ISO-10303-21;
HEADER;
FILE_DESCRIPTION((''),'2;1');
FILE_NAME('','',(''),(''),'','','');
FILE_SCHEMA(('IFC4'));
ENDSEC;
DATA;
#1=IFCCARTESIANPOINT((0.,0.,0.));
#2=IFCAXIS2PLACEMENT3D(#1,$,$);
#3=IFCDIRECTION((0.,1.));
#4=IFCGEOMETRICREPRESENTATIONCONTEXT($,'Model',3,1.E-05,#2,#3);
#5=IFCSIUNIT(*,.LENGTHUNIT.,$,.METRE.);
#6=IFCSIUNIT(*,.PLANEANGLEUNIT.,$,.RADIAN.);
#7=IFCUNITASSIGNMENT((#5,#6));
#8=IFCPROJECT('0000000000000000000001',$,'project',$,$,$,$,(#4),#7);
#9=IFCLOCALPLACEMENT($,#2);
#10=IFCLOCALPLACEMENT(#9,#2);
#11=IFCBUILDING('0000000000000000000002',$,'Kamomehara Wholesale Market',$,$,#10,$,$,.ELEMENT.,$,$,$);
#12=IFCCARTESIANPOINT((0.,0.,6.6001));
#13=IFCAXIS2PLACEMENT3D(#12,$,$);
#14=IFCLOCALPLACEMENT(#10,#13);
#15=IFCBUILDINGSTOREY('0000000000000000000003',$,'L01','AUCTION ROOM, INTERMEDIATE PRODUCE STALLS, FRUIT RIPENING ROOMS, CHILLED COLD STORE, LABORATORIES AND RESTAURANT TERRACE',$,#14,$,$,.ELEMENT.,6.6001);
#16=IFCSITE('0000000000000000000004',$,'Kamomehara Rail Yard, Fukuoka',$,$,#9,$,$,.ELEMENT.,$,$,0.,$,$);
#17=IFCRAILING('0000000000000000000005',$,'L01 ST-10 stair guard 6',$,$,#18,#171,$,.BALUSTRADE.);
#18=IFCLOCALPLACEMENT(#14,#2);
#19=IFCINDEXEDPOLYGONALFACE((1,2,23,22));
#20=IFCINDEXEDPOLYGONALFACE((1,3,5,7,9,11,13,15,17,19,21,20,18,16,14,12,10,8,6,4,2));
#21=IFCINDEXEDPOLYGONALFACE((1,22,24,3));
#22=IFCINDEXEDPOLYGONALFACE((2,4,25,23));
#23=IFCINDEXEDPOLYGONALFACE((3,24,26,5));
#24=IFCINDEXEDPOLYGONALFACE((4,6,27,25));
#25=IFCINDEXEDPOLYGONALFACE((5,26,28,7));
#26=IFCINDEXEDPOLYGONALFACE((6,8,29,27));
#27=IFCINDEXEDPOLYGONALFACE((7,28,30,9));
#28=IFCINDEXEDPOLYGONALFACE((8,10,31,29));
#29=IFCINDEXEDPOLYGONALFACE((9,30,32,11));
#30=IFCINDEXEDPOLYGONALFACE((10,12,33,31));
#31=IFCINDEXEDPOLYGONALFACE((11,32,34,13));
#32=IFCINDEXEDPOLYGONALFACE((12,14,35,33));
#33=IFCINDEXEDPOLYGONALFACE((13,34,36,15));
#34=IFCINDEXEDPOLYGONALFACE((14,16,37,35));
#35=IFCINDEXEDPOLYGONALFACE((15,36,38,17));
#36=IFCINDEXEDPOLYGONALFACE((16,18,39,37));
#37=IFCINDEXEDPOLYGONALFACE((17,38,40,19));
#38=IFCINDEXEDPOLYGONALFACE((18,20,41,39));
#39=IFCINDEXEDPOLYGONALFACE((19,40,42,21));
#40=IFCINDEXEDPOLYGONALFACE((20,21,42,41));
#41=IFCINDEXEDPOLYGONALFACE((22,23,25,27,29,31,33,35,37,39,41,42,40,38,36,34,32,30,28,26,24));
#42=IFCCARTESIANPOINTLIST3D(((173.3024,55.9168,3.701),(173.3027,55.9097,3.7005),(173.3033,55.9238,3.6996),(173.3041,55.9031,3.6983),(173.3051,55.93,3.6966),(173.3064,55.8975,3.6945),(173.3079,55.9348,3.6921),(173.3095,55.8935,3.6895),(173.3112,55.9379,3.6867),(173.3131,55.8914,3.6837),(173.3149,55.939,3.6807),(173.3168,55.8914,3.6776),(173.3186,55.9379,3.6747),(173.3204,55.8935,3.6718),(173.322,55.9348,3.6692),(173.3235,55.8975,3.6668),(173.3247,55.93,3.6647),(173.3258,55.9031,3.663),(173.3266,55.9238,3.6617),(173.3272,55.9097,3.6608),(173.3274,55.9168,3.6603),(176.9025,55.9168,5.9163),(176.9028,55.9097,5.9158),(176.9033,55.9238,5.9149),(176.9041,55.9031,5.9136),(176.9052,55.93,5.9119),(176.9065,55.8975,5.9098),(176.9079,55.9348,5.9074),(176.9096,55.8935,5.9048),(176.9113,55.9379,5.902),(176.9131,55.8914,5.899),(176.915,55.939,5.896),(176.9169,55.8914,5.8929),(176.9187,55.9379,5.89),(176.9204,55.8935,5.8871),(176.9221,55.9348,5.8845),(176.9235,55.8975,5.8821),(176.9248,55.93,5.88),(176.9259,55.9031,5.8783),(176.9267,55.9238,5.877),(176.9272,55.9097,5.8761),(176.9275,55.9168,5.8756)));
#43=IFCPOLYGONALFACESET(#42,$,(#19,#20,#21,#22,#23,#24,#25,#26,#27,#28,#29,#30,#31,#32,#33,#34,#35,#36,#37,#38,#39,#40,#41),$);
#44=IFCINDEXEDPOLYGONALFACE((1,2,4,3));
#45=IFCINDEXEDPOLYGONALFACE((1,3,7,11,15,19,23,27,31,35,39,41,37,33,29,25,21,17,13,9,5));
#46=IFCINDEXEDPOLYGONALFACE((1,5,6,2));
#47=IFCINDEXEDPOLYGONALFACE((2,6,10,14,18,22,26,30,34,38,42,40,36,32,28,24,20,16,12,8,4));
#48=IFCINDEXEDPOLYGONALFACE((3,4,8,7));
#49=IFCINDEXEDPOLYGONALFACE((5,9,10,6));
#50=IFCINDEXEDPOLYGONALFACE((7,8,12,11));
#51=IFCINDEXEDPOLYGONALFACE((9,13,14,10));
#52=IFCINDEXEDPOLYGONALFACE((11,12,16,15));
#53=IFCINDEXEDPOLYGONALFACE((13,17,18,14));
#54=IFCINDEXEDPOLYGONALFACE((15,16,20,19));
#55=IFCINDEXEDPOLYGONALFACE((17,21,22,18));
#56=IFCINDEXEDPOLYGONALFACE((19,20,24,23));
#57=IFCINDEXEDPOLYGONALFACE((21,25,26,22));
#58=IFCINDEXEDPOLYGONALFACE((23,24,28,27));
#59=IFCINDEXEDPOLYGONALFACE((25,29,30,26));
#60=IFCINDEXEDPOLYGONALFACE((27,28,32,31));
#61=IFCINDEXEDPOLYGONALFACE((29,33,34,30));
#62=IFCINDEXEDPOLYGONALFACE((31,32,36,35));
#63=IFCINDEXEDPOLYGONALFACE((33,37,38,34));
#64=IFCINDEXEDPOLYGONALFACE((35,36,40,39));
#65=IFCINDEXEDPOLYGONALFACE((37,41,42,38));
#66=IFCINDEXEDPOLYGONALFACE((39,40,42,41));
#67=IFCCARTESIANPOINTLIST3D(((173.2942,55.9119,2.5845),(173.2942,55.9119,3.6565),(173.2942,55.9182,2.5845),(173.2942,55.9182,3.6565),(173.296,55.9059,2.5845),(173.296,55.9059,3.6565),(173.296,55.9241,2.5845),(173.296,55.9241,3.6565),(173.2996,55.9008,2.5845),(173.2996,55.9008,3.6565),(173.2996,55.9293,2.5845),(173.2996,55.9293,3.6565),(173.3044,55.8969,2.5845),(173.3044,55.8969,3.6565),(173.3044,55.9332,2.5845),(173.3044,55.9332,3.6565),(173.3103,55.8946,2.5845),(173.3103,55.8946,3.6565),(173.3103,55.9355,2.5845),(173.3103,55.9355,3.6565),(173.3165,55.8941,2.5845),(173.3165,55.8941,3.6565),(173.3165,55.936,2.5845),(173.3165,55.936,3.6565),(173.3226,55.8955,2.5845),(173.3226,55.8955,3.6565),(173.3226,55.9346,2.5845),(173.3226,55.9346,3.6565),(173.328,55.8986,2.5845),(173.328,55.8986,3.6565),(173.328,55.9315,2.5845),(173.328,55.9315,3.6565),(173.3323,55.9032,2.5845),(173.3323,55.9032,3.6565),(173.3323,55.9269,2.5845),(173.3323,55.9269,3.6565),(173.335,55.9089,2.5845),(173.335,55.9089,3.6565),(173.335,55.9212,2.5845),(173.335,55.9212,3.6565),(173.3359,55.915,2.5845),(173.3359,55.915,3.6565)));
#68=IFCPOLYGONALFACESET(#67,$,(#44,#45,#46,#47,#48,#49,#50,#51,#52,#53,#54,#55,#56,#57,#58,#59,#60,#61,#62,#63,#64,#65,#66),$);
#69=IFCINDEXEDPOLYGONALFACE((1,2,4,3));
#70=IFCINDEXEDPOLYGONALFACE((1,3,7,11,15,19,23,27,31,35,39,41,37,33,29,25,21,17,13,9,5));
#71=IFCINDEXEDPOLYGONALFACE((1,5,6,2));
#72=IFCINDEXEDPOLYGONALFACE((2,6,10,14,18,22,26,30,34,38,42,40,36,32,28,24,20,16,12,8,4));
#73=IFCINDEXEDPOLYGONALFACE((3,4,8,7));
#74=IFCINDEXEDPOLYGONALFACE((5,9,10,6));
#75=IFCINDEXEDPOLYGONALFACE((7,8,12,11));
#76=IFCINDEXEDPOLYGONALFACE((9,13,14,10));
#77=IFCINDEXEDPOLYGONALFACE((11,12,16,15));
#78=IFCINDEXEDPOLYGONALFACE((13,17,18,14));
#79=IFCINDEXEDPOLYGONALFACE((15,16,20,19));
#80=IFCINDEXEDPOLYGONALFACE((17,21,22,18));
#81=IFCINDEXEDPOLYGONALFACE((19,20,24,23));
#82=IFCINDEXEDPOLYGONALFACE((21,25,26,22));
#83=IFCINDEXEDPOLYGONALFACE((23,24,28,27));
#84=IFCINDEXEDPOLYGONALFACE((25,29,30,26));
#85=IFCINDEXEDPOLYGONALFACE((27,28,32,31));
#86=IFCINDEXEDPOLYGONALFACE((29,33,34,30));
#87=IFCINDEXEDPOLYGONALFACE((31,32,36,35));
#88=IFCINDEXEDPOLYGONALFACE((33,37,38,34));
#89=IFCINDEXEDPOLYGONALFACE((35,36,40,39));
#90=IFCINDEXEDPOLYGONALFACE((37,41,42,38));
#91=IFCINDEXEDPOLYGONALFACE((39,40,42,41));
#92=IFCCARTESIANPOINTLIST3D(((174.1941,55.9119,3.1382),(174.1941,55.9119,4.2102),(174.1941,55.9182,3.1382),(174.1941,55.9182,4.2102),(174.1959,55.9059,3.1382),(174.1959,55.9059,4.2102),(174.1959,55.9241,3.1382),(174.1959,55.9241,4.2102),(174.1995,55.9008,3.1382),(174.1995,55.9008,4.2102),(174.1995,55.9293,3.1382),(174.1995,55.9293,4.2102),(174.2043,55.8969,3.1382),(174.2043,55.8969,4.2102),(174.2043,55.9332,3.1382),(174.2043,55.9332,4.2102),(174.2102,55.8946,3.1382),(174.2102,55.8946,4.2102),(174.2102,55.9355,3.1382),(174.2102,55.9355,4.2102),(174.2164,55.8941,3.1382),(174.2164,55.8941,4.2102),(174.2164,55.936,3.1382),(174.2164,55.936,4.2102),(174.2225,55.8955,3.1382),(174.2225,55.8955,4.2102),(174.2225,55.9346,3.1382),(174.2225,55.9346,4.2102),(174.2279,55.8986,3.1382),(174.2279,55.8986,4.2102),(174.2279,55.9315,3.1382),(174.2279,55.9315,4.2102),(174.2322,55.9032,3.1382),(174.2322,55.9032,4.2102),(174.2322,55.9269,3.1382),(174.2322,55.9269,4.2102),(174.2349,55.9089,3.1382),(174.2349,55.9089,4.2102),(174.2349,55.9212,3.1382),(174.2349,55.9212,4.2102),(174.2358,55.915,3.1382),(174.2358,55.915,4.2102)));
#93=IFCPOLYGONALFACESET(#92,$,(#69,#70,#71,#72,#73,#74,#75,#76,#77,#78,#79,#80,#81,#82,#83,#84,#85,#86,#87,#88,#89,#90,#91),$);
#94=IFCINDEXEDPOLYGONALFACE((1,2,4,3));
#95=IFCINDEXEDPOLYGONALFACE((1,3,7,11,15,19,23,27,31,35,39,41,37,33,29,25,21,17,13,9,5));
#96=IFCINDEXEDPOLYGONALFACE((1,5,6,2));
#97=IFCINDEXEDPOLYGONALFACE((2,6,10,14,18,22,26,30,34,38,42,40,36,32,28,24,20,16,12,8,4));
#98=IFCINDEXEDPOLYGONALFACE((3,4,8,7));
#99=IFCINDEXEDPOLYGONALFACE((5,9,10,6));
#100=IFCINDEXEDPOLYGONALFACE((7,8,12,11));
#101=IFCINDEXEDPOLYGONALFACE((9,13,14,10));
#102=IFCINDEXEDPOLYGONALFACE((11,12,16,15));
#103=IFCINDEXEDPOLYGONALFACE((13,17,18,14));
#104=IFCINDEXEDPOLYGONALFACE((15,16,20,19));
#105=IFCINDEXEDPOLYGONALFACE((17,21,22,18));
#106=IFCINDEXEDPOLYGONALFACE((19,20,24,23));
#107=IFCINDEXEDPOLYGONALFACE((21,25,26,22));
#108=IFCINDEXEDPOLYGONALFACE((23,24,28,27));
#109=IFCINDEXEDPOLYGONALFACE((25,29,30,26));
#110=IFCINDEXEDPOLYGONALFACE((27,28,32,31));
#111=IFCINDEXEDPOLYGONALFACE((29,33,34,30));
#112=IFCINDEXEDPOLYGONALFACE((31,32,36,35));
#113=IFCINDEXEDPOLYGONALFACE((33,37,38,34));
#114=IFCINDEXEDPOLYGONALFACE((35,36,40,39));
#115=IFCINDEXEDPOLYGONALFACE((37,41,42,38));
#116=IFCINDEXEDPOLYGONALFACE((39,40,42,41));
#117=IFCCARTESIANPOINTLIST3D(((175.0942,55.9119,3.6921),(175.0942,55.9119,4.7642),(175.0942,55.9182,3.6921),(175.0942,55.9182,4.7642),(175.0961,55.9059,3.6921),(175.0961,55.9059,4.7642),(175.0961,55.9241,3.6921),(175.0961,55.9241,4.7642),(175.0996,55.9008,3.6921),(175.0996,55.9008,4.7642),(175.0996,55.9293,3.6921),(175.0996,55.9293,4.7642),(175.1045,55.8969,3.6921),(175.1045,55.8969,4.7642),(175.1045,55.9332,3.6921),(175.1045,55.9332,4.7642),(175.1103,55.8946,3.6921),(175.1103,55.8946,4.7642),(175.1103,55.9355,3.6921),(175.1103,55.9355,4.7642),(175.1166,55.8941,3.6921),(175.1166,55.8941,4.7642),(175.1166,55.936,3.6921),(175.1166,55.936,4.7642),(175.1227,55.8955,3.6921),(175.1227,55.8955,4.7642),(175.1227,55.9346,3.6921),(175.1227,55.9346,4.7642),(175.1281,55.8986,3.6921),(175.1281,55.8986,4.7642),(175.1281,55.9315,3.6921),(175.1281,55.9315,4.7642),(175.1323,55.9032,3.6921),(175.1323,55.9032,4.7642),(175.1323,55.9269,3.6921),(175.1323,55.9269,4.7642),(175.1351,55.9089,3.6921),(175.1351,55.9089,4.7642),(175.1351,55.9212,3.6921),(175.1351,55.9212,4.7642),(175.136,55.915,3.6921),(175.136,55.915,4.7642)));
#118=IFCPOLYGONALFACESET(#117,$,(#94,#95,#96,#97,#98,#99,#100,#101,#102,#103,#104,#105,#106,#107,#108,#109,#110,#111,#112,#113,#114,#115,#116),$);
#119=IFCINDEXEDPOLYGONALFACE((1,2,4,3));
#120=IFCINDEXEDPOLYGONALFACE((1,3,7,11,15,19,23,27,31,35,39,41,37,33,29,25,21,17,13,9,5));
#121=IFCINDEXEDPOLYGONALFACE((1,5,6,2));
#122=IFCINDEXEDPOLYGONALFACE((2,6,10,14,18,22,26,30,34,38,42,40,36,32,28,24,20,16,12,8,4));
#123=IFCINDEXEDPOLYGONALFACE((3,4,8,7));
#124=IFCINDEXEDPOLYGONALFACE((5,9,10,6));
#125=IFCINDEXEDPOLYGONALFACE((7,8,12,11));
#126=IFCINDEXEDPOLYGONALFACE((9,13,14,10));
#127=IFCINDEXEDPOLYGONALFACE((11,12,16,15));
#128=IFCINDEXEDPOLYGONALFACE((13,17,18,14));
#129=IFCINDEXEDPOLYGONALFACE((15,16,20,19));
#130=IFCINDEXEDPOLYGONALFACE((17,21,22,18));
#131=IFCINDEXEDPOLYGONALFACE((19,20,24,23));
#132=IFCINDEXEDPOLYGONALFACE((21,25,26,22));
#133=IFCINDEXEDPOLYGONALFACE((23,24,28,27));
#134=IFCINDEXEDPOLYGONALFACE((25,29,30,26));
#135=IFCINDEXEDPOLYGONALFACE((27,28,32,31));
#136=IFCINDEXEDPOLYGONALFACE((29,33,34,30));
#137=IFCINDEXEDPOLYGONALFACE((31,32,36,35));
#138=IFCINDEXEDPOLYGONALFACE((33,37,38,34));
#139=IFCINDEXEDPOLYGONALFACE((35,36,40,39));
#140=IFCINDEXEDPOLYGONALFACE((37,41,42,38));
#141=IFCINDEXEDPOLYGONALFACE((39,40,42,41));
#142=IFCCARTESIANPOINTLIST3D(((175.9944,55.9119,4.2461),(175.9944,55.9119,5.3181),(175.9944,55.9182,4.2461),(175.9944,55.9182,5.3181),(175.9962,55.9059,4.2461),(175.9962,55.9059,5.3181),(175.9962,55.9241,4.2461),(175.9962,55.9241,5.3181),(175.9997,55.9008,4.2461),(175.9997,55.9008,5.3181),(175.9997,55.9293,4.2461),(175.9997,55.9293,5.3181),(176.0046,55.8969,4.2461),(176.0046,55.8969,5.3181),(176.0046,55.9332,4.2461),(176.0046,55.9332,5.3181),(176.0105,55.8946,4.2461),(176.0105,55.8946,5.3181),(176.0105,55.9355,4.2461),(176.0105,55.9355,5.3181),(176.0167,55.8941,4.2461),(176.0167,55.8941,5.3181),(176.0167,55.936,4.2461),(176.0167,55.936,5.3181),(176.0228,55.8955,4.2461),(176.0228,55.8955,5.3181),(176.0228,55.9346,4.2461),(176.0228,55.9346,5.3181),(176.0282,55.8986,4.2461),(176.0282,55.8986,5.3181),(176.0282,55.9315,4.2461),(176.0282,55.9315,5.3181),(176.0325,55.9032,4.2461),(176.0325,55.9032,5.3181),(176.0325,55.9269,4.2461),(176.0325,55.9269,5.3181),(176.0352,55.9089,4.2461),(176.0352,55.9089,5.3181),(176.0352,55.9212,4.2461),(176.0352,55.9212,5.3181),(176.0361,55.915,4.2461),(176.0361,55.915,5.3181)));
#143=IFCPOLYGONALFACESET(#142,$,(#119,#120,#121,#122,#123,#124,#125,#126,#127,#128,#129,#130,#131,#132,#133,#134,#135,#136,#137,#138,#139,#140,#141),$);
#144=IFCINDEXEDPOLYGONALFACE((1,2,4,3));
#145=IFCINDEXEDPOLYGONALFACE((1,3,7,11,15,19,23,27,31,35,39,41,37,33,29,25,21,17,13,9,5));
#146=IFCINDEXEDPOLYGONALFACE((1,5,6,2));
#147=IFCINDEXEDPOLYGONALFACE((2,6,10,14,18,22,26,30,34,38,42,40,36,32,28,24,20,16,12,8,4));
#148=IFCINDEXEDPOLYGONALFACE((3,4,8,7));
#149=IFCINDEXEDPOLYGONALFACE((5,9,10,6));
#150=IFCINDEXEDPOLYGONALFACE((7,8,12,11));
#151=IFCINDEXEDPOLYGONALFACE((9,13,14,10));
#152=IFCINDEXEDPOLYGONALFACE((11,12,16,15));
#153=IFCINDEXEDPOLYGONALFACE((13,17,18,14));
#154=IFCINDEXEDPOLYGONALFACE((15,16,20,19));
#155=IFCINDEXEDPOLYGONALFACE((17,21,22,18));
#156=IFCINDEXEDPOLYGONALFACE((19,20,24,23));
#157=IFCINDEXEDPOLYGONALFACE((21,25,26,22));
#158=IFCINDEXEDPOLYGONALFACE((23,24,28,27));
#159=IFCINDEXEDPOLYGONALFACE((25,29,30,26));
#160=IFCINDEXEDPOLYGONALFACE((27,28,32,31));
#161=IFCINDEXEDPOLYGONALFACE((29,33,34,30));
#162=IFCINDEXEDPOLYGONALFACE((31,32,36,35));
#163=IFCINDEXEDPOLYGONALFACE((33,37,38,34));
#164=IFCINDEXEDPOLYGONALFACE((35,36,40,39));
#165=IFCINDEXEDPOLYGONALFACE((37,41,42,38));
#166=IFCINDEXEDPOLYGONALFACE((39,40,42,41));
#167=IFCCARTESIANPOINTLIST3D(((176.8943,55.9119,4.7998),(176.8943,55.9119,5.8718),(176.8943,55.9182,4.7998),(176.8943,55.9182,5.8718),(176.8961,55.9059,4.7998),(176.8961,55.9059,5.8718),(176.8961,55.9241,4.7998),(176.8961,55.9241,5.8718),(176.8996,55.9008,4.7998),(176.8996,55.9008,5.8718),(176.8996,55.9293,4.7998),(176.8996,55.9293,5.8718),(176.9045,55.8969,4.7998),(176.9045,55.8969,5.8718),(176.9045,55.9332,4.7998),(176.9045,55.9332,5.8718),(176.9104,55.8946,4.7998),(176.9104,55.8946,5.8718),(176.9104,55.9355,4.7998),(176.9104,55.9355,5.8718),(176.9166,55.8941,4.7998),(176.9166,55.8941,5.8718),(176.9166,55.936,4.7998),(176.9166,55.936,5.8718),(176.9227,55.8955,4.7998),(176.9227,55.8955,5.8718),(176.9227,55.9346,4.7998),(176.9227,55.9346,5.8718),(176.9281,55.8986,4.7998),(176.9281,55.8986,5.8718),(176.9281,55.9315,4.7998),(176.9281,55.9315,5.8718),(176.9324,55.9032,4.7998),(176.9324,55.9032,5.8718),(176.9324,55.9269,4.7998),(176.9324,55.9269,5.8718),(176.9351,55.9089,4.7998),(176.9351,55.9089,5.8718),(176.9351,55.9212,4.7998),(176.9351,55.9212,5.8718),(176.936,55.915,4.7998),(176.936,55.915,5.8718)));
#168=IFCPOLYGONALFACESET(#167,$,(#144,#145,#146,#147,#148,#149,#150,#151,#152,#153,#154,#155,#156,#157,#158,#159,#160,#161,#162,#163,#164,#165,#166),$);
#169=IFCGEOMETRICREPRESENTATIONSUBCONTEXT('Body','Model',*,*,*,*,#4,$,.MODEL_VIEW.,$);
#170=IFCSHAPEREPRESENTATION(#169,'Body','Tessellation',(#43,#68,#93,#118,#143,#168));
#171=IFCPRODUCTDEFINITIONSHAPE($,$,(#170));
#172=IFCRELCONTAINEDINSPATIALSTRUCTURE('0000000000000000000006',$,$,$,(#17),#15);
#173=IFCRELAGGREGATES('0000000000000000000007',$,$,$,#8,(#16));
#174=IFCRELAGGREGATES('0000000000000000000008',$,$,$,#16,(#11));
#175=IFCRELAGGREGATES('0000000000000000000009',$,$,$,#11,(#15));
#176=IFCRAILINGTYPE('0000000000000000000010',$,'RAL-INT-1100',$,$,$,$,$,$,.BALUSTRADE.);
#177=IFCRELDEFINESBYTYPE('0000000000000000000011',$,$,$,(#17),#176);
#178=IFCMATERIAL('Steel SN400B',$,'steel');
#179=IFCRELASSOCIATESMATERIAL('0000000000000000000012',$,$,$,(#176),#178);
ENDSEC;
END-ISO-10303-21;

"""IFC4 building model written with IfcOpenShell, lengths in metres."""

from ifc_helpers import new_model, si_unit, direction, frame, origin, origin_2d, place, context, subcontext, project, spatial, circle, extrude, material, type_object, element, save


model = new_model("IFC4")

# Units and contexts
model_context = context("Model", 3, precision=1e-05, world=origin(), true_north=direction((0.0, 1.0)))
body_context = subcontext(model_context, "Body", "Model", "MODEL_VIEW")
ifc_project = project(units=[si_unit("LENGTHUNIT", "METRE"), si_unit("PLANEANGLEUNIT", "RADIAN")], contexts=[model_context])

# Site, building, storey
site_placement = place(None, origin())
site = spatial("IfcSite", under=ifc_project, at=site_placement, Name="Kamomehara Rail Yard, Fukuoka", CompositionType="ELEMENT", RefElevation=0.0)
building_placement = place(site_placement, origin())
building = spatial("IfcBuilding", under=site, at=building_placement, Name="Kamomehara Wholesale Market", CompositionType="ELEMENT")
storey_placement = place(building_placement, frame((0.0, 0.0, 6.6001)))
storey = spatial("IfcBuildingStorey", under=building, at=storey_placement, Name="L01", Description="AUCTION ROOM, INTERMEDIATE PRODUCE STALLS, FRUIT RIPENING ROOMS, CHILLED COLD STORE, LABORATORIES AND RESTAURANT TERRACE", CompositionType="ELEMENT", Elevation=6.6001)

# Railing
ifc_material_1 = material(Name="Steel SN400B", Category="steel")
railing_type_1 = type_object("IfcRailingType", Name="RAL-INT-1100", PredefinedType="BALUSTRADE", material=ifc_material_1)
railing_1_placement = place(storey_placement, frame((173.3149, 55.915, 2.5845)))
element("IfcRailing", 1, at=railing_1_placement, inside=storey, type_object=railing_type_1, Name="L01 ST-10 stair guard 6", PredefinedType="BALUSTRADE", context=body_context, shape_type="SweptSolid", body=[
    extrude(circle(Radius=0.0239, at=origin_2d()), frame((0.0, 0.0, 1.0962), z_axis=(0.85167, 0.0, 0.524078), x_axis=(0.0, 1.0, 0.0)), (0.0, 0.0, 1.0), 4.2271),
    extrude(circle(Radius=0.021, at=origin_2d()), origin(), (0.0, 0.0, 1.0), 1.072),
    extrude(circle(Radius=0.021, at=origin_2d()), frame((0.8999, 0.0, 0.5537)), (0.0, 0.0, 1.0), 1.072),
    extrude(circle(Radius=0.021, at=origin_2d()), frame((1.8, 0.0, 1.1077)), (0.0, 0.0, 1.0), 1.072),
    extrude(circle(Radius=0.021, at=origin_2d()), frame((2.7002, 0.0, 1.6616)), (0.0, 0.0, 1.0), 1.072),
    extrude(circle(Radius=0.021, at=origin_2d()), frame((3.6001, 0.0, 2.2153)), (0.0, 0.0, 1.0), 1.072),
])

save(model, "model.ifc")
